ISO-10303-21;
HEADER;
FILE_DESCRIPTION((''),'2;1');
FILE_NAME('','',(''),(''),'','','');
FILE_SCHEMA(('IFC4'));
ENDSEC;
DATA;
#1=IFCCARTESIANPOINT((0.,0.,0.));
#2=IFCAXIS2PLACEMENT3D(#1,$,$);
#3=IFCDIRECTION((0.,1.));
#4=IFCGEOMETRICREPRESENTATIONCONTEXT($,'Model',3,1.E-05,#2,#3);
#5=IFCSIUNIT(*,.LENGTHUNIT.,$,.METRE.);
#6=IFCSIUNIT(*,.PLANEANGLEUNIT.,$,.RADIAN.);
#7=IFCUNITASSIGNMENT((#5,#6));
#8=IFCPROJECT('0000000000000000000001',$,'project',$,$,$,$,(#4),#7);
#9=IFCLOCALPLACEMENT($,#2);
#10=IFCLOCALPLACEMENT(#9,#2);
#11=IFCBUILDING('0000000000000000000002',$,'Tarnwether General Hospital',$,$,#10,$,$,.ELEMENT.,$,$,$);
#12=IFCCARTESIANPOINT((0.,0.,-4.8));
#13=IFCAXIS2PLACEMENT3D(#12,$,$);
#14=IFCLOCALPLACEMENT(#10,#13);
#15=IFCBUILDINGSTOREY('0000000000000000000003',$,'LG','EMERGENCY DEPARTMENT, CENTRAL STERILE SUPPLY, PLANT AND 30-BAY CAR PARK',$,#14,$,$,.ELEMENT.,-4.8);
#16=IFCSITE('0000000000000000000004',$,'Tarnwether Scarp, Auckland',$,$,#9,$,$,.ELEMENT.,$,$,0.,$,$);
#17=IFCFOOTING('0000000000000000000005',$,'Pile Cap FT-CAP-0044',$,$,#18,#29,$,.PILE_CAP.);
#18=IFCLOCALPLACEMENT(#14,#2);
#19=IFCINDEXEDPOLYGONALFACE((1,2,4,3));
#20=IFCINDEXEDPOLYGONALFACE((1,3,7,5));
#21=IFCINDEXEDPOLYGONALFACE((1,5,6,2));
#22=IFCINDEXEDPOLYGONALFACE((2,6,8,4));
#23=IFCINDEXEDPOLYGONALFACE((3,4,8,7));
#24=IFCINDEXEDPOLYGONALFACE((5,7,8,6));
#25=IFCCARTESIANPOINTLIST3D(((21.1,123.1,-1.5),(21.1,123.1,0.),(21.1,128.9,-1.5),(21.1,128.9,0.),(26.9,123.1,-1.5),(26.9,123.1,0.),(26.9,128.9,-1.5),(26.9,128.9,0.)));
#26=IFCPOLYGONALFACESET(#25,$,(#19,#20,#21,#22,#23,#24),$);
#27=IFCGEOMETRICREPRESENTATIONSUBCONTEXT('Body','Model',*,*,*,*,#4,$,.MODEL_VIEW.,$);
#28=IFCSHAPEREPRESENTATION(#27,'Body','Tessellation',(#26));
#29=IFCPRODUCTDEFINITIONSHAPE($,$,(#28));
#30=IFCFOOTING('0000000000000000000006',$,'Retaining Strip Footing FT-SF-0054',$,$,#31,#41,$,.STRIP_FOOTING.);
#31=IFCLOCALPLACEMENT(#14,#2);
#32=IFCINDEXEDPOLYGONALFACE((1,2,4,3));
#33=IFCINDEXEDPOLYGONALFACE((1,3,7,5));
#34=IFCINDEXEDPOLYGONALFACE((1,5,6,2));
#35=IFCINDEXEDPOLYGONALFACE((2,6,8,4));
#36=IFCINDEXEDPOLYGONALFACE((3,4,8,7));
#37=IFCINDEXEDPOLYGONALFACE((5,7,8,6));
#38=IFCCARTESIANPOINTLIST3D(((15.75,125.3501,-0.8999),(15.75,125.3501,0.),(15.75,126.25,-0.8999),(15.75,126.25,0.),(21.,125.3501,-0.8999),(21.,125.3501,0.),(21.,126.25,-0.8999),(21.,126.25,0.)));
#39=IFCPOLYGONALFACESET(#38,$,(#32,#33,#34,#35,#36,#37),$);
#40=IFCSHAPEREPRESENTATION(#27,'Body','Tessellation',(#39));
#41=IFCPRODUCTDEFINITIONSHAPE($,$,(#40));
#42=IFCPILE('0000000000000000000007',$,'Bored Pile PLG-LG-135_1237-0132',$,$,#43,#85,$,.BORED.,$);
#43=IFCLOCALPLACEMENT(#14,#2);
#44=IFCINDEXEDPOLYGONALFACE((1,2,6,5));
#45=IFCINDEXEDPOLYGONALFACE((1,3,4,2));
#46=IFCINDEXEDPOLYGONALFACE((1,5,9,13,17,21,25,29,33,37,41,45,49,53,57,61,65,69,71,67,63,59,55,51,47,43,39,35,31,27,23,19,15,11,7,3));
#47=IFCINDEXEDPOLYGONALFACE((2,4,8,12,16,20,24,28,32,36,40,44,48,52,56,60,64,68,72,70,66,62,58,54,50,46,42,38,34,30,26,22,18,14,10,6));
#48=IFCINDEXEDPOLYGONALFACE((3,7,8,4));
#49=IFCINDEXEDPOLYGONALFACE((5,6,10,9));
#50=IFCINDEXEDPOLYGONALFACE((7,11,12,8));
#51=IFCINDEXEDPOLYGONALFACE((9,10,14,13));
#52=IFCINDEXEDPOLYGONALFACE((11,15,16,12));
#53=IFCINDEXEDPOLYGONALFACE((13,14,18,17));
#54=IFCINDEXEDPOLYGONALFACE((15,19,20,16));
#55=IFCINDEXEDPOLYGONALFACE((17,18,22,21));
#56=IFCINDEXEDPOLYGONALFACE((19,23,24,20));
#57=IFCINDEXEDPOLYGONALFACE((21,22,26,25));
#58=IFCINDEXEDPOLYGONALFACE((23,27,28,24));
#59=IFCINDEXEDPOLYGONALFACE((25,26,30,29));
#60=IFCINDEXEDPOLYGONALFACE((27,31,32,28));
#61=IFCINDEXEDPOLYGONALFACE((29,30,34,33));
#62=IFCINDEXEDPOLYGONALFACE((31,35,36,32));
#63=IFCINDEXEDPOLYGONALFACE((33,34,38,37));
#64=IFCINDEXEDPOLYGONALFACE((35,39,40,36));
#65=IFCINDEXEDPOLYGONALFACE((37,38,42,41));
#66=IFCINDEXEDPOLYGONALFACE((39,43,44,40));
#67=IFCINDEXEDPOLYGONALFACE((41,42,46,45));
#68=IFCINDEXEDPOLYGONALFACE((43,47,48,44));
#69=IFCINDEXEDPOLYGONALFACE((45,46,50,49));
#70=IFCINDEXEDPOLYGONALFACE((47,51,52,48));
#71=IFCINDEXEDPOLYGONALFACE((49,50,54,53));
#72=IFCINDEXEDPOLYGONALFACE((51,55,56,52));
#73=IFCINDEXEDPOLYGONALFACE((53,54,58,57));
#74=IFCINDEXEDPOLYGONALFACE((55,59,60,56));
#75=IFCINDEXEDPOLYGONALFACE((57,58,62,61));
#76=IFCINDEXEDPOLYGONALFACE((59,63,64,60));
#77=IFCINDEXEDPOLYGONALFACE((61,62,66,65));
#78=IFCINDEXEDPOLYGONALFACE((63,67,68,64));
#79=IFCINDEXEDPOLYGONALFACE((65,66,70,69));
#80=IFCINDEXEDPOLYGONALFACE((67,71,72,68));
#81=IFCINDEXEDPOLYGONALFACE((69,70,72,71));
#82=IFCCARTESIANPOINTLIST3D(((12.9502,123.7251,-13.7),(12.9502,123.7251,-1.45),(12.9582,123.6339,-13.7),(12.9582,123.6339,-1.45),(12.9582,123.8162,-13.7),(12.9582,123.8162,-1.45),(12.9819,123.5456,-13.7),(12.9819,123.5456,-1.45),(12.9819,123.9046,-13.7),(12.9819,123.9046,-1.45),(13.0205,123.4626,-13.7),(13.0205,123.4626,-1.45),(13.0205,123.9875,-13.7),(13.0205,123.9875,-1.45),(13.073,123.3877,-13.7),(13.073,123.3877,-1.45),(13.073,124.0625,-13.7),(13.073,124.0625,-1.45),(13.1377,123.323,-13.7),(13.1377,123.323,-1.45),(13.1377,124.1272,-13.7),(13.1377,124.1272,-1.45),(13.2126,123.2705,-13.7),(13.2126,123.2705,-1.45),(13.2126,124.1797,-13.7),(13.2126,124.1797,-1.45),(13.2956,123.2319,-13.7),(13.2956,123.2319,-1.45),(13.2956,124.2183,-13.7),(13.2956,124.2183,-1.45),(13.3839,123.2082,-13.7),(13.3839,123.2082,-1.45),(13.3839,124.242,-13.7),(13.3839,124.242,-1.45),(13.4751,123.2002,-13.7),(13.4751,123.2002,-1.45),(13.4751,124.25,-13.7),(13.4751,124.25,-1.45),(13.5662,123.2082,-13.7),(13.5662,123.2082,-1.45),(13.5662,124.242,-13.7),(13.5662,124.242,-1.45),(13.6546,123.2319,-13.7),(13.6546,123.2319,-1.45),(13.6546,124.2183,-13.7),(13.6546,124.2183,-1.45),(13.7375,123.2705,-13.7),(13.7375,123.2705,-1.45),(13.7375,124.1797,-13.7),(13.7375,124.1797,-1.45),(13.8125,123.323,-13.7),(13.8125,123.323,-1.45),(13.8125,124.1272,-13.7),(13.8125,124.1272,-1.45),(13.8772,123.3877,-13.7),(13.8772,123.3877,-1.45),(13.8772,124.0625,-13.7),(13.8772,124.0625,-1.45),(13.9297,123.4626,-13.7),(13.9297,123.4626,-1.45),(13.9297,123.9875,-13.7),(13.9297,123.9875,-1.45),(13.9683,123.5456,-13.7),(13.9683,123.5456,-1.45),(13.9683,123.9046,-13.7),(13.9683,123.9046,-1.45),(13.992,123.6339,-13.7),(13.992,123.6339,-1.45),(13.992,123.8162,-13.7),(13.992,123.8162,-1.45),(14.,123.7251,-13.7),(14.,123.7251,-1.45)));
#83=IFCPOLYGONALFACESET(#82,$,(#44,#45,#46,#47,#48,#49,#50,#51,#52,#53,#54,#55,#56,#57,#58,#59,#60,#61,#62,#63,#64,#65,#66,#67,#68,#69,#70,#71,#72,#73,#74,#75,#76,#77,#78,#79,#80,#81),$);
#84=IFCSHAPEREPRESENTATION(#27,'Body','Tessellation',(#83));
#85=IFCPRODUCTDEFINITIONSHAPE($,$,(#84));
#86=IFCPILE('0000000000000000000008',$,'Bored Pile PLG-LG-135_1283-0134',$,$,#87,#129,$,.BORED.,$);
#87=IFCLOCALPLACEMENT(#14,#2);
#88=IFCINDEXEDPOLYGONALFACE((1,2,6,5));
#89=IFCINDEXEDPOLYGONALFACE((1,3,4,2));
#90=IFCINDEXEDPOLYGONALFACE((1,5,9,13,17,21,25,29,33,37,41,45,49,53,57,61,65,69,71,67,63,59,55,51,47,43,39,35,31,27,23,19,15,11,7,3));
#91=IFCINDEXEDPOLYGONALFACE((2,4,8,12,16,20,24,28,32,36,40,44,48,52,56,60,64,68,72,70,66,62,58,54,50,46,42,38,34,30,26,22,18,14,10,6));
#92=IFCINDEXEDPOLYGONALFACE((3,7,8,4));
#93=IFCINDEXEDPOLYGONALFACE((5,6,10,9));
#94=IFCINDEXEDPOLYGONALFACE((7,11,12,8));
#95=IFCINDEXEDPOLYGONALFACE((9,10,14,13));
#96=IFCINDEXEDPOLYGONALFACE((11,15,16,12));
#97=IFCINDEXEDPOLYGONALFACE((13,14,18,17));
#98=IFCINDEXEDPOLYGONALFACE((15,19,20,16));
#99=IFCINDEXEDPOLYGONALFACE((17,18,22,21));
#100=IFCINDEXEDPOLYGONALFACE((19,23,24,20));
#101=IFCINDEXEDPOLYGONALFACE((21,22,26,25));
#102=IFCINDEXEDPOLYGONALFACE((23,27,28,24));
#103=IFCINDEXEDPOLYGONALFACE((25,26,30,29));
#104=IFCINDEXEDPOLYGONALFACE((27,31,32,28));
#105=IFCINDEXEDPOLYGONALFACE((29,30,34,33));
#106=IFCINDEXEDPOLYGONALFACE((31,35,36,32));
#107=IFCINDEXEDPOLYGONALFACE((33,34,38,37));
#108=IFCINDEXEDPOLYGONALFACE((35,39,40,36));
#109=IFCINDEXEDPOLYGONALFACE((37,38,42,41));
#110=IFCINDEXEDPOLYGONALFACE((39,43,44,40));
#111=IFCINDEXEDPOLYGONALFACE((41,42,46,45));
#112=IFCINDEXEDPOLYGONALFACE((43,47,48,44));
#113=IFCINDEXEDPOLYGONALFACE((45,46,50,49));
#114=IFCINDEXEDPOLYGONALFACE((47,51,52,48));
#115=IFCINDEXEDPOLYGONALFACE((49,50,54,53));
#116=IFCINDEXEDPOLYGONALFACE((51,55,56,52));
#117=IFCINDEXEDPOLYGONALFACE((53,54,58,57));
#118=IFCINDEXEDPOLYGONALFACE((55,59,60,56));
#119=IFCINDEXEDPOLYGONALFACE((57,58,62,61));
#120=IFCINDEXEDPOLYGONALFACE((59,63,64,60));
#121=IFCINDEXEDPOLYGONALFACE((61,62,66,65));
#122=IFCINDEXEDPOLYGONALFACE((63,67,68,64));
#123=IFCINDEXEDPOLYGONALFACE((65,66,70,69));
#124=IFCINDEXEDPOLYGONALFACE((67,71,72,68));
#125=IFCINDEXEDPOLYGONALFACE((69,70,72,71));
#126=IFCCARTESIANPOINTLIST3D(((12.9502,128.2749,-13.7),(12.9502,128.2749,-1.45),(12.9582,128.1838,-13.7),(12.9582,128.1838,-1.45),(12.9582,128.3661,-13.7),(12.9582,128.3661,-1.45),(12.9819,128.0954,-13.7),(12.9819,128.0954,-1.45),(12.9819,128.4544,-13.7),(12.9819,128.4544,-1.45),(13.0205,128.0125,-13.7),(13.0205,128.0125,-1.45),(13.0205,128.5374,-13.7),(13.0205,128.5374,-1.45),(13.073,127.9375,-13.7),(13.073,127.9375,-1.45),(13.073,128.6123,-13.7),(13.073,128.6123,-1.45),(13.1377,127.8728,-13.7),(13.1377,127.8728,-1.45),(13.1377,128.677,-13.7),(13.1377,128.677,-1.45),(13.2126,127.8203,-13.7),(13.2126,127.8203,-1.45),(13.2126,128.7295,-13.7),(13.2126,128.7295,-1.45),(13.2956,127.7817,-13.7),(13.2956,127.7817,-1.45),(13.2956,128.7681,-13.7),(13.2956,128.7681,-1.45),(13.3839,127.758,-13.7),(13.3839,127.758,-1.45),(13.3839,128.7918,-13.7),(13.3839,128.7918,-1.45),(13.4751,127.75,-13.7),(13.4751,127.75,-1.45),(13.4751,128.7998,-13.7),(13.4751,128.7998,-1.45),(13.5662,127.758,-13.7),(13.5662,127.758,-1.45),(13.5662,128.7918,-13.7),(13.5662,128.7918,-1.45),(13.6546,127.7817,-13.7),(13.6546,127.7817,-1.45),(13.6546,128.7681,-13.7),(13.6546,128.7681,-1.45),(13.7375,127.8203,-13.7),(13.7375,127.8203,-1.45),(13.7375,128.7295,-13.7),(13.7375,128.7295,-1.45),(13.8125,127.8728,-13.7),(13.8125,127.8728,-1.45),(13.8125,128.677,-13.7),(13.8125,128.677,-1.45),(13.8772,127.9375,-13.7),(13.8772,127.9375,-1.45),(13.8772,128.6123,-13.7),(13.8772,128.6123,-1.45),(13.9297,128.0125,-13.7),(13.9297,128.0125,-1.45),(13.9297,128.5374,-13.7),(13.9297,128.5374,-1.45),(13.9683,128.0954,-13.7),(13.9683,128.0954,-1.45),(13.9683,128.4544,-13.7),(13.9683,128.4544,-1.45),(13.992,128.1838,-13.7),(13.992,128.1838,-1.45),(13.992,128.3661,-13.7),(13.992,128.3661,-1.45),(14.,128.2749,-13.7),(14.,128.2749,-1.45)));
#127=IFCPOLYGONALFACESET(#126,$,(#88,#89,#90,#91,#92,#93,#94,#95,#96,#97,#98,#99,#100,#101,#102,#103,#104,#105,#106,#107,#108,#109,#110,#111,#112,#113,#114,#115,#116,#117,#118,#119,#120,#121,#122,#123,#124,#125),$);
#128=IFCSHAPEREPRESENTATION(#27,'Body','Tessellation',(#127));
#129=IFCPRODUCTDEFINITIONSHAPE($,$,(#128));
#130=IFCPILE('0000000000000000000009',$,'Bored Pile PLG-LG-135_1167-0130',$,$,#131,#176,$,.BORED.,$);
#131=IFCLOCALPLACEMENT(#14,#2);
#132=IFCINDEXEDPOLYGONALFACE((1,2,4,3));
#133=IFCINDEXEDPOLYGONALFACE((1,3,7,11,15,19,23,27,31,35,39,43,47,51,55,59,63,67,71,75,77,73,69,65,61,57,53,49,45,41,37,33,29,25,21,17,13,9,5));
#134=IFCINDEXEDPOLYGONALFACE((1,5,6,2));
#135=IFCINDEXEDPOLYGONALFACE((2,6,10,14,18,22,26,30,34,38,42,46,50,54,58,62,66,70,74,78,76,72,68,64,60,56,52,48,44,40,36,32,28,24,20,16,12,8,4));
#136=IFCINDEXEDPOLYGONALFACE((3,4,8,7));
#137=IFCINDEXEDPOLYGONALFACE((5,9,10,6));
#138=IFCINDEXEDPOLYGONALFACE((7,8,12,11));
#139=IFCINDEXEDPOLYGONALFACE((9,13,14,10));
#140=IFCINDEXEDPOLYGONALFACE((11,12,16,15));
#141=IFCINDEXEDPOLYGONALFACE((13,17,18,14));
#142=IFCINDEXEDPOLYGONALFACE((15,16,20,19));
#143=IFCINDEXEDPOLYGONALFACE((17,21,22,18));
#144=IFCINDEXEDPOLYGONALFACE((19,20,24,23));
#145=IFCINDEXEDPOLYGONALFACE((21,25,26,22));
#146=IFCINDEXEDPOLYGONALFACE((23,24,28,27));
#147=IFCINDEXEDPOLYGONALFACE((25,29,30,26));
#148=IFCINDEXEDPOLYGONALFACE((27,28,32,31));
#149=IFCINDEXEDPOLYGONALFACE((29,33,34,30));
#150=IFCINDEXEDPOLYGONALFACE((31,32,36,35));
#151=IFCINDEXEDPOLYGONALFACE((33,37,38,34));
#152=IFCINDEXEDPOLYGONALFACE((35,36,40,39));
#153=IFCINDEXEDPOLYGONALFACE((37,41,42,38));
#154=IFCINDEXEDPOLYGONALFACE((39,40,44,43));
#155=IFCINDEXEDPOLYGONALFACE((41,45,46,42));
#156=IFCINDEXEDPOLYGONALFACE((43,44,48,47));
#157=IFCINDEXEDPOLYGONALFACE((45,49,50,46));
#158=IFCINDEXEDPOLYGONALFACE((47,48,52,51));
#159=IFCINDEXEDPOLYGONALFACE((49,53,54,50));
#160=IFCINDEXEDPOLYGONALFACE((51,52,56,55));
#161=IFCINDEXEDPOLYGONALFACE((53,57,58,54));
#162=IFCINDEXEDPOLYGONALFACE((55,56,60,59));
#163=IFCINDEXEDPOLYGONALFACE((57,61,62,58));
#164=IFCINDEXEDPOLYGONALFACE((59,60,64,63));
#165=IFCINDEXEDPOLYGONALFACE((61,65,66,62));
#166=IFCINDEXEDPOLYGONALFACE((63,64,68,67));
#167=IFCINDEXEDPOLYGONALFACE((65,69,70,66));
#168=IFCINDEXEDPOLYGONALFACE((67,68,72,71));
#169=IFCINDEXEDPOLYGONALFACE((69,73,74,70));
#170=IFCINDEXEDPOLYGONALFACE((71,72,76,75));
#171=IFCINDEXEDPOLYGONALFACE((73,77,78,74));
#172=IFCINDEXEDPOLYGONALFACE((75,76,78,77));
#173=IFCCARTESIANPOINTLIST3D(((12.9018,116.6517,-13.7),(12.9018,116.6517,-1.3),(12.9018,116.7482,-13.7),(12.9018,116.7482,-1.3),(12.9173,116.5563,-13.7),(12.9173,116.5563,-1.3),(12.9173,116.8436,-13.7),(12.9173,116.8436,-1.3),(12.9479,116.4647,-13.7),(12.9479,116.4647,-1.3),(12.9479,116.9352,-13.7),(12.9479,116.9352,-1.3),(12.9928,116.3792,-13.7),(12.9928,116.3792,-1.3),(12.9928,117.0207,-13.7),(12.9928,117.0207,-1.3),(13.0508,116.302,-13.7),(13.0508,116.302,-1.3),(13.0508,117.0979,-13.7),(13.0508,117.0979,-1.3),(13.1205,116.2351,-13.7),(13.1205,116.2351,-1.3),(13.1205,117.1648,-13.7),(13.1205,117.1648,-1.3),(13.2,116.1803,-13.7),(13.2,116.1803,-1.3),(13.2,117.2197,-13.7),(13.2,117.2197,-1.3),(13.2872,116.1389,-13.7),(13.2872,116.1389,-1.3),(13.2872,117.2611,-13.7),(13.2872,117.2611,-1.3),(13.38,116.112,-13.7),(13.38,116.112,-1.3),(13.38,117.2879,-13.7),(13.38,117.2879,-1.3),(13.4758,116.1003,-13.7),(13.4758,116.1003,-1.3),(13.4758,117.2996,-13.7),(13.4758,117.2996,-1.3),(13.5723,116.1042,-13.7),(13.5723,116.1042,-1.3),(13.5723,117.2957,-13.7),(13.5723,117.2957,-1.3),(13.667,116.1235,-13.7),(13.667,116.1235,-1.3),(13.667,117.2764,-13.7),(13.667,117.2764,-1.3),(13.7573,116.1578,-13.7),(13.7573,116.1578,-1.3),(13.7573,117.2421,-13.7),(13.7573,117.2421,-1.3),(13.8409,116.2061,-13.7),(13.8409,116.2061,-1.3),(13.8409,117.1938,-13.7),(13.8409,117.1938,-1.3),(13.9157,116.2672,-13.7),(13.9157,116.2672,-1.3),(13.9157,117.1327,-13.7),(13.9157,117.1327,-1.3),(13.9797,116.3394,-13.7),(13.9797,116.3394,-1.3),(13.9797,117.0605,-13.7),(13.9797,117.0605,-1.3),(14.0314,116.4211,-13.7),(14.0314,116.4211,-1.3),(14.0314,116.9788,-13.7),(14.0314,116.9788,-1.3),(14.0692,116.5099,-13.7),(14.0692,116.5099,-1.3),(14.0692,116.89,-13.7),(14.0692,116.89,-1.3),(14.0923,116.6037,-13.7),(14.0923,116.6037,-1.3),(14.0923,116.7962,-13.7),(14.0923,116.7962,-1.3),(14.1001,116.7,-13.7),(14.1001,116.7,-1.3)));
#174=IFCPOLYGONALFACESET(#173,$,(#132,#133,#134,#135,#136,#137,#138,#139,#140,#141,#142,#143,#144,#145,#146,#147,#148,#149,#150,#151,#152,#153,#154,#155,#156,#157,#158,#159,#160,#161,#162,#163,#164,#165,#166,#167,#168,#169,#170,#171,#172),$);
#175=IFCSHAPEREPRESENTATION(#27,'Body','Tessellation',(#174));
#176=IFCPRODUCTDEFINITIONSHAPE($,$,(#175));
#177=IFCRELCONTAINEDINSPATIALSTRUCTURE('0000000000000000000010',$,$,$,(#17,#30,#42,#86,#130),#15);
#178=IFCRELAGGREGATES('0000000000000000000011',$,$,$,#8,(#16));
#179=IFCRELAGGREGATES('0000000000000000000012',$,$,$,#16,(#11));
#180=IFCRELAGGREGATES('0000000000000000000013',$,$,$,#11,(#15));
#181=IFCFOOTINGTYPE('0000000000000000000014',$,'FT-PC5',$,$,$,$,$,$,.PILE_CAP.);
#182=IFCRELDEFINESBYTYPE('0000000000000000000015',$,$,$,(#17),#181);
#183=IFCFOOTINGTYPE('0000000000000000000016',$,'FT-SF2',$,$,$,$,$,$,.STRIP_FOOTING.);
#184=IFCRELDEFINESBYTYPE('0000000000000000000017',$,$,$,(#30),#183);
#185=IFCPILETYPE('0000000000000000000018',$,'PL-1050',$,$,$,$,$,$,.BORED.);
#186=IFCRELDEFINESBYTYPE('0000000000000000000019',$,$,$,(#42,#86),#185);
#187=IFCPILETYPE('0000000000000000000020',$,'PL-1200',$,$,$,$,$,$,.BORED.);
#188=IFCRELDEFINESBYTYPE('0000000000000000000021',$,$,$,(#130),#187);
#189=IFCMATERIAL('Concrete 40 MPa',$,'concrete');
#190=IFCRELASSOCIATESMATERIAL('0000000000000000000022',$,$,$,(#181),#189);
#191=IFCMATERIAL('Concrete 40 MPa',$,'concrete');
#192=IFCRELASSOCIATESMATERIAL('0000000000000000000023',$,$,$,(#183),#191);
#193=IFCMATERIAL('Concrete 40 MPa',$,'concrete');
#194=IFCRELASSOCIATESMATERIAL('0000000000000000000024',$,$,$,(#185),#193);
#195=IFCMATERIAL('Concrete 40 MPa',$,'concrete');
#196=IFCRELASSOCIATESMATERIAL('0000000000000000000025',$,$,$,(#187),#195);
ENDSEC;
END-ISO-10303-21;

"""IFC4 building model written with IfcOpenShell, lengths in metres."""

from ifc_helpers import new_model, si_unit, direction, frame, origin, origin_2d, place, context, subcontext, project, spatial, rectangle, circle, extrude, material, material_profile, profile_set, type_object, element, save


model = new_model("IFC4")

# Units and contexts
model_context = context("Model", 3, precision=1e-05, world=origin(), true_north=direction((0.0, 1.0)))
body_context = subcontext(model_context, "Body", "Model", "MODEL_VIEW")
ifc_project = project(units=[si_unit("LENGTHUNIT", "METRE"), si_unit("PLANEANGLEUNIT", "RADIAN")], contexts=[model_context])

# Site, building, storey
site_placement = place(None, origin())
site = spatial("IfcSite", under=ifc_project, at=site_placement, Name="Tarnwether Scarp, Auckland", CompositionType="ELEMENT", RefElevation=0.0)
building_placement = place(site_placement, origin())
building = spatial("IfcBuilding", under=site, at=building_placement, Name="Tarnwether General Hospital", CompositionType="ELEMENT")
storey_placement = place(building_placement, frame((0.0, 0.0, -4.8)))
storey = spatial("IfcBuildingStorey", under=building, at=storey_placement, Name="LG", Description="EMERGENCY DEPARTMENT, CENTRAL STERILE SUPPLY, PLANT AND 30-BAY CAR PARK", CompositionType="ELEMENT", Elevation=-4.8)

# Footings
ifc_material_1 = material(Name="Concrete 40 MPa", Category="concrete")
footing_type_1 = type_object("IfcFootingType", Name="FT-PC5", PredefinedType="PILE_CAP", material=ifc_material_1)
footing_1_placement = place(storey_placement, frame((24.0, 126.0, -1.5), z_axis=(0.0, 0.0, 1.0), x_axis=(1.0, 0.0, 0.0)))
element("IfcFooting", 1, at=footing_1_placement, inside=storey, type_object=footing_type_1, Name="Pile Cap FT-CAP-0044", PredefinedType="PILE_CAP", context=body_context, shape_type="SweptSolid", body=[
    extrude(rectangle(XDim=5.8, YDim=5.8, at=origin_2d()), origin(), (0.0, 0.0, 1.0), 1.5),
])
ifc_material_2 = material(Name="Concrete 40 MPa", Category="concrete")
footing_type_2 = type_object("IfcFootingType", Name="FT-SF2", PredefinedType="STRIP_FOOTING", material=ifc_material_2)
footing_2_placement = place(storey_placement, frame((18.375, 125.8, -0.8999), z_axis=(0.0, 0.0, 1.0), x_axis=(1.0, 0.0, 0.0)))
element("IfcFooting", 2, at=footing_2_placement, inside=storey, type_object=footing_type_2, Name="Retaining Strip Footing FT-SF-0054", PredefinedType="STRIP_FOOTING", context=body_context, shape_type="SweptSolid", body=[
    extrude(rectangle(XDim=5.25, YDim=0.8999, at=origin_2d()), origin(), (0.0, 0.0, 1.0), 0.8999),
])

# Piles
ifc_material_3 = material(Name="Concrete 40 MPa", Category="concrete")
ifc_material_profile_1 = material_profile(ifc_material_3, circle(Radius=0.5249, at=origin_2d()), Name="PILE-D1050")
ifc_profile_set_1 = profile_set([ifc_material_profile_1], Name="Concrete 40 MPa")
pile_type_1 = type_object("IfcPileType", Name="PL-1050", PredefinedType="BORED", material=ifc_profile_set_1)
for number, where, z_axis, x_axis, name in (
    (3, (13.4751, 123.7251, -1.45), (0.0, 0.0, -1.0), (1.0, 0.0, 0.0), "Bored Pile PLG-LG-135_1237-0132"),
    (4, (13.4751, 128.2749, -1.45), (0.0, 0.0, -1.0), (1.0, 0.0, 0.0), "Bored Pile PLG-LG-135_1283-0134"),
):
    element("IfcPile", number, at=place(storey_placement, frame(where, z_axis=z_axis, x_axis=x_axis)), inside=storey, type_object=pile_type_1, Name=name, PredefinedType="BORED", context=body_context, shape_type="SweptSolid", body=[
        extrude(circle(Radius=0.5249, at=origin_2d()), origin(), (0.0, 0.0, 1.0), 12.25),
    ])
ifc_material_4 = material(Name="Concrete 40 MPa", Category="concrete")
ifc_material_profile_2 = material_profile(ifc_material_4, circle(Radius=0.6001, at=origin_2d()), Name="PILE-D1200")
ifc_profile_set_2 = profile_set([ifc_material_profile_2], Name="Concrete 40 MPa")
pile_type_2 = type_object("IfcPileType", Name="PL-1200", PredefinedType="BORED", material=ifc_profile_set_2)
pile_placement = place(storey_placement, frame((13.5, 116.7, -1.3), z_axis=(0.0, 0.0, -1.0), x_axis=(1.0, 0.0, 0.0)))
element("IfcPile", 5, at=pile_placement, inside=storey, type_object=pile_type_2, Name="Bored Pile PLG-LG-135_1167-0130", PredefinedType="BORED", context=body_context, shape_type="SweptSolid", body=[
    extrude(circle(Radius=0.6001, at=origin_2d()), origin(), (0.0, 0.0, 1.0), 12.3999),
])

save(model, "model.ifc")
